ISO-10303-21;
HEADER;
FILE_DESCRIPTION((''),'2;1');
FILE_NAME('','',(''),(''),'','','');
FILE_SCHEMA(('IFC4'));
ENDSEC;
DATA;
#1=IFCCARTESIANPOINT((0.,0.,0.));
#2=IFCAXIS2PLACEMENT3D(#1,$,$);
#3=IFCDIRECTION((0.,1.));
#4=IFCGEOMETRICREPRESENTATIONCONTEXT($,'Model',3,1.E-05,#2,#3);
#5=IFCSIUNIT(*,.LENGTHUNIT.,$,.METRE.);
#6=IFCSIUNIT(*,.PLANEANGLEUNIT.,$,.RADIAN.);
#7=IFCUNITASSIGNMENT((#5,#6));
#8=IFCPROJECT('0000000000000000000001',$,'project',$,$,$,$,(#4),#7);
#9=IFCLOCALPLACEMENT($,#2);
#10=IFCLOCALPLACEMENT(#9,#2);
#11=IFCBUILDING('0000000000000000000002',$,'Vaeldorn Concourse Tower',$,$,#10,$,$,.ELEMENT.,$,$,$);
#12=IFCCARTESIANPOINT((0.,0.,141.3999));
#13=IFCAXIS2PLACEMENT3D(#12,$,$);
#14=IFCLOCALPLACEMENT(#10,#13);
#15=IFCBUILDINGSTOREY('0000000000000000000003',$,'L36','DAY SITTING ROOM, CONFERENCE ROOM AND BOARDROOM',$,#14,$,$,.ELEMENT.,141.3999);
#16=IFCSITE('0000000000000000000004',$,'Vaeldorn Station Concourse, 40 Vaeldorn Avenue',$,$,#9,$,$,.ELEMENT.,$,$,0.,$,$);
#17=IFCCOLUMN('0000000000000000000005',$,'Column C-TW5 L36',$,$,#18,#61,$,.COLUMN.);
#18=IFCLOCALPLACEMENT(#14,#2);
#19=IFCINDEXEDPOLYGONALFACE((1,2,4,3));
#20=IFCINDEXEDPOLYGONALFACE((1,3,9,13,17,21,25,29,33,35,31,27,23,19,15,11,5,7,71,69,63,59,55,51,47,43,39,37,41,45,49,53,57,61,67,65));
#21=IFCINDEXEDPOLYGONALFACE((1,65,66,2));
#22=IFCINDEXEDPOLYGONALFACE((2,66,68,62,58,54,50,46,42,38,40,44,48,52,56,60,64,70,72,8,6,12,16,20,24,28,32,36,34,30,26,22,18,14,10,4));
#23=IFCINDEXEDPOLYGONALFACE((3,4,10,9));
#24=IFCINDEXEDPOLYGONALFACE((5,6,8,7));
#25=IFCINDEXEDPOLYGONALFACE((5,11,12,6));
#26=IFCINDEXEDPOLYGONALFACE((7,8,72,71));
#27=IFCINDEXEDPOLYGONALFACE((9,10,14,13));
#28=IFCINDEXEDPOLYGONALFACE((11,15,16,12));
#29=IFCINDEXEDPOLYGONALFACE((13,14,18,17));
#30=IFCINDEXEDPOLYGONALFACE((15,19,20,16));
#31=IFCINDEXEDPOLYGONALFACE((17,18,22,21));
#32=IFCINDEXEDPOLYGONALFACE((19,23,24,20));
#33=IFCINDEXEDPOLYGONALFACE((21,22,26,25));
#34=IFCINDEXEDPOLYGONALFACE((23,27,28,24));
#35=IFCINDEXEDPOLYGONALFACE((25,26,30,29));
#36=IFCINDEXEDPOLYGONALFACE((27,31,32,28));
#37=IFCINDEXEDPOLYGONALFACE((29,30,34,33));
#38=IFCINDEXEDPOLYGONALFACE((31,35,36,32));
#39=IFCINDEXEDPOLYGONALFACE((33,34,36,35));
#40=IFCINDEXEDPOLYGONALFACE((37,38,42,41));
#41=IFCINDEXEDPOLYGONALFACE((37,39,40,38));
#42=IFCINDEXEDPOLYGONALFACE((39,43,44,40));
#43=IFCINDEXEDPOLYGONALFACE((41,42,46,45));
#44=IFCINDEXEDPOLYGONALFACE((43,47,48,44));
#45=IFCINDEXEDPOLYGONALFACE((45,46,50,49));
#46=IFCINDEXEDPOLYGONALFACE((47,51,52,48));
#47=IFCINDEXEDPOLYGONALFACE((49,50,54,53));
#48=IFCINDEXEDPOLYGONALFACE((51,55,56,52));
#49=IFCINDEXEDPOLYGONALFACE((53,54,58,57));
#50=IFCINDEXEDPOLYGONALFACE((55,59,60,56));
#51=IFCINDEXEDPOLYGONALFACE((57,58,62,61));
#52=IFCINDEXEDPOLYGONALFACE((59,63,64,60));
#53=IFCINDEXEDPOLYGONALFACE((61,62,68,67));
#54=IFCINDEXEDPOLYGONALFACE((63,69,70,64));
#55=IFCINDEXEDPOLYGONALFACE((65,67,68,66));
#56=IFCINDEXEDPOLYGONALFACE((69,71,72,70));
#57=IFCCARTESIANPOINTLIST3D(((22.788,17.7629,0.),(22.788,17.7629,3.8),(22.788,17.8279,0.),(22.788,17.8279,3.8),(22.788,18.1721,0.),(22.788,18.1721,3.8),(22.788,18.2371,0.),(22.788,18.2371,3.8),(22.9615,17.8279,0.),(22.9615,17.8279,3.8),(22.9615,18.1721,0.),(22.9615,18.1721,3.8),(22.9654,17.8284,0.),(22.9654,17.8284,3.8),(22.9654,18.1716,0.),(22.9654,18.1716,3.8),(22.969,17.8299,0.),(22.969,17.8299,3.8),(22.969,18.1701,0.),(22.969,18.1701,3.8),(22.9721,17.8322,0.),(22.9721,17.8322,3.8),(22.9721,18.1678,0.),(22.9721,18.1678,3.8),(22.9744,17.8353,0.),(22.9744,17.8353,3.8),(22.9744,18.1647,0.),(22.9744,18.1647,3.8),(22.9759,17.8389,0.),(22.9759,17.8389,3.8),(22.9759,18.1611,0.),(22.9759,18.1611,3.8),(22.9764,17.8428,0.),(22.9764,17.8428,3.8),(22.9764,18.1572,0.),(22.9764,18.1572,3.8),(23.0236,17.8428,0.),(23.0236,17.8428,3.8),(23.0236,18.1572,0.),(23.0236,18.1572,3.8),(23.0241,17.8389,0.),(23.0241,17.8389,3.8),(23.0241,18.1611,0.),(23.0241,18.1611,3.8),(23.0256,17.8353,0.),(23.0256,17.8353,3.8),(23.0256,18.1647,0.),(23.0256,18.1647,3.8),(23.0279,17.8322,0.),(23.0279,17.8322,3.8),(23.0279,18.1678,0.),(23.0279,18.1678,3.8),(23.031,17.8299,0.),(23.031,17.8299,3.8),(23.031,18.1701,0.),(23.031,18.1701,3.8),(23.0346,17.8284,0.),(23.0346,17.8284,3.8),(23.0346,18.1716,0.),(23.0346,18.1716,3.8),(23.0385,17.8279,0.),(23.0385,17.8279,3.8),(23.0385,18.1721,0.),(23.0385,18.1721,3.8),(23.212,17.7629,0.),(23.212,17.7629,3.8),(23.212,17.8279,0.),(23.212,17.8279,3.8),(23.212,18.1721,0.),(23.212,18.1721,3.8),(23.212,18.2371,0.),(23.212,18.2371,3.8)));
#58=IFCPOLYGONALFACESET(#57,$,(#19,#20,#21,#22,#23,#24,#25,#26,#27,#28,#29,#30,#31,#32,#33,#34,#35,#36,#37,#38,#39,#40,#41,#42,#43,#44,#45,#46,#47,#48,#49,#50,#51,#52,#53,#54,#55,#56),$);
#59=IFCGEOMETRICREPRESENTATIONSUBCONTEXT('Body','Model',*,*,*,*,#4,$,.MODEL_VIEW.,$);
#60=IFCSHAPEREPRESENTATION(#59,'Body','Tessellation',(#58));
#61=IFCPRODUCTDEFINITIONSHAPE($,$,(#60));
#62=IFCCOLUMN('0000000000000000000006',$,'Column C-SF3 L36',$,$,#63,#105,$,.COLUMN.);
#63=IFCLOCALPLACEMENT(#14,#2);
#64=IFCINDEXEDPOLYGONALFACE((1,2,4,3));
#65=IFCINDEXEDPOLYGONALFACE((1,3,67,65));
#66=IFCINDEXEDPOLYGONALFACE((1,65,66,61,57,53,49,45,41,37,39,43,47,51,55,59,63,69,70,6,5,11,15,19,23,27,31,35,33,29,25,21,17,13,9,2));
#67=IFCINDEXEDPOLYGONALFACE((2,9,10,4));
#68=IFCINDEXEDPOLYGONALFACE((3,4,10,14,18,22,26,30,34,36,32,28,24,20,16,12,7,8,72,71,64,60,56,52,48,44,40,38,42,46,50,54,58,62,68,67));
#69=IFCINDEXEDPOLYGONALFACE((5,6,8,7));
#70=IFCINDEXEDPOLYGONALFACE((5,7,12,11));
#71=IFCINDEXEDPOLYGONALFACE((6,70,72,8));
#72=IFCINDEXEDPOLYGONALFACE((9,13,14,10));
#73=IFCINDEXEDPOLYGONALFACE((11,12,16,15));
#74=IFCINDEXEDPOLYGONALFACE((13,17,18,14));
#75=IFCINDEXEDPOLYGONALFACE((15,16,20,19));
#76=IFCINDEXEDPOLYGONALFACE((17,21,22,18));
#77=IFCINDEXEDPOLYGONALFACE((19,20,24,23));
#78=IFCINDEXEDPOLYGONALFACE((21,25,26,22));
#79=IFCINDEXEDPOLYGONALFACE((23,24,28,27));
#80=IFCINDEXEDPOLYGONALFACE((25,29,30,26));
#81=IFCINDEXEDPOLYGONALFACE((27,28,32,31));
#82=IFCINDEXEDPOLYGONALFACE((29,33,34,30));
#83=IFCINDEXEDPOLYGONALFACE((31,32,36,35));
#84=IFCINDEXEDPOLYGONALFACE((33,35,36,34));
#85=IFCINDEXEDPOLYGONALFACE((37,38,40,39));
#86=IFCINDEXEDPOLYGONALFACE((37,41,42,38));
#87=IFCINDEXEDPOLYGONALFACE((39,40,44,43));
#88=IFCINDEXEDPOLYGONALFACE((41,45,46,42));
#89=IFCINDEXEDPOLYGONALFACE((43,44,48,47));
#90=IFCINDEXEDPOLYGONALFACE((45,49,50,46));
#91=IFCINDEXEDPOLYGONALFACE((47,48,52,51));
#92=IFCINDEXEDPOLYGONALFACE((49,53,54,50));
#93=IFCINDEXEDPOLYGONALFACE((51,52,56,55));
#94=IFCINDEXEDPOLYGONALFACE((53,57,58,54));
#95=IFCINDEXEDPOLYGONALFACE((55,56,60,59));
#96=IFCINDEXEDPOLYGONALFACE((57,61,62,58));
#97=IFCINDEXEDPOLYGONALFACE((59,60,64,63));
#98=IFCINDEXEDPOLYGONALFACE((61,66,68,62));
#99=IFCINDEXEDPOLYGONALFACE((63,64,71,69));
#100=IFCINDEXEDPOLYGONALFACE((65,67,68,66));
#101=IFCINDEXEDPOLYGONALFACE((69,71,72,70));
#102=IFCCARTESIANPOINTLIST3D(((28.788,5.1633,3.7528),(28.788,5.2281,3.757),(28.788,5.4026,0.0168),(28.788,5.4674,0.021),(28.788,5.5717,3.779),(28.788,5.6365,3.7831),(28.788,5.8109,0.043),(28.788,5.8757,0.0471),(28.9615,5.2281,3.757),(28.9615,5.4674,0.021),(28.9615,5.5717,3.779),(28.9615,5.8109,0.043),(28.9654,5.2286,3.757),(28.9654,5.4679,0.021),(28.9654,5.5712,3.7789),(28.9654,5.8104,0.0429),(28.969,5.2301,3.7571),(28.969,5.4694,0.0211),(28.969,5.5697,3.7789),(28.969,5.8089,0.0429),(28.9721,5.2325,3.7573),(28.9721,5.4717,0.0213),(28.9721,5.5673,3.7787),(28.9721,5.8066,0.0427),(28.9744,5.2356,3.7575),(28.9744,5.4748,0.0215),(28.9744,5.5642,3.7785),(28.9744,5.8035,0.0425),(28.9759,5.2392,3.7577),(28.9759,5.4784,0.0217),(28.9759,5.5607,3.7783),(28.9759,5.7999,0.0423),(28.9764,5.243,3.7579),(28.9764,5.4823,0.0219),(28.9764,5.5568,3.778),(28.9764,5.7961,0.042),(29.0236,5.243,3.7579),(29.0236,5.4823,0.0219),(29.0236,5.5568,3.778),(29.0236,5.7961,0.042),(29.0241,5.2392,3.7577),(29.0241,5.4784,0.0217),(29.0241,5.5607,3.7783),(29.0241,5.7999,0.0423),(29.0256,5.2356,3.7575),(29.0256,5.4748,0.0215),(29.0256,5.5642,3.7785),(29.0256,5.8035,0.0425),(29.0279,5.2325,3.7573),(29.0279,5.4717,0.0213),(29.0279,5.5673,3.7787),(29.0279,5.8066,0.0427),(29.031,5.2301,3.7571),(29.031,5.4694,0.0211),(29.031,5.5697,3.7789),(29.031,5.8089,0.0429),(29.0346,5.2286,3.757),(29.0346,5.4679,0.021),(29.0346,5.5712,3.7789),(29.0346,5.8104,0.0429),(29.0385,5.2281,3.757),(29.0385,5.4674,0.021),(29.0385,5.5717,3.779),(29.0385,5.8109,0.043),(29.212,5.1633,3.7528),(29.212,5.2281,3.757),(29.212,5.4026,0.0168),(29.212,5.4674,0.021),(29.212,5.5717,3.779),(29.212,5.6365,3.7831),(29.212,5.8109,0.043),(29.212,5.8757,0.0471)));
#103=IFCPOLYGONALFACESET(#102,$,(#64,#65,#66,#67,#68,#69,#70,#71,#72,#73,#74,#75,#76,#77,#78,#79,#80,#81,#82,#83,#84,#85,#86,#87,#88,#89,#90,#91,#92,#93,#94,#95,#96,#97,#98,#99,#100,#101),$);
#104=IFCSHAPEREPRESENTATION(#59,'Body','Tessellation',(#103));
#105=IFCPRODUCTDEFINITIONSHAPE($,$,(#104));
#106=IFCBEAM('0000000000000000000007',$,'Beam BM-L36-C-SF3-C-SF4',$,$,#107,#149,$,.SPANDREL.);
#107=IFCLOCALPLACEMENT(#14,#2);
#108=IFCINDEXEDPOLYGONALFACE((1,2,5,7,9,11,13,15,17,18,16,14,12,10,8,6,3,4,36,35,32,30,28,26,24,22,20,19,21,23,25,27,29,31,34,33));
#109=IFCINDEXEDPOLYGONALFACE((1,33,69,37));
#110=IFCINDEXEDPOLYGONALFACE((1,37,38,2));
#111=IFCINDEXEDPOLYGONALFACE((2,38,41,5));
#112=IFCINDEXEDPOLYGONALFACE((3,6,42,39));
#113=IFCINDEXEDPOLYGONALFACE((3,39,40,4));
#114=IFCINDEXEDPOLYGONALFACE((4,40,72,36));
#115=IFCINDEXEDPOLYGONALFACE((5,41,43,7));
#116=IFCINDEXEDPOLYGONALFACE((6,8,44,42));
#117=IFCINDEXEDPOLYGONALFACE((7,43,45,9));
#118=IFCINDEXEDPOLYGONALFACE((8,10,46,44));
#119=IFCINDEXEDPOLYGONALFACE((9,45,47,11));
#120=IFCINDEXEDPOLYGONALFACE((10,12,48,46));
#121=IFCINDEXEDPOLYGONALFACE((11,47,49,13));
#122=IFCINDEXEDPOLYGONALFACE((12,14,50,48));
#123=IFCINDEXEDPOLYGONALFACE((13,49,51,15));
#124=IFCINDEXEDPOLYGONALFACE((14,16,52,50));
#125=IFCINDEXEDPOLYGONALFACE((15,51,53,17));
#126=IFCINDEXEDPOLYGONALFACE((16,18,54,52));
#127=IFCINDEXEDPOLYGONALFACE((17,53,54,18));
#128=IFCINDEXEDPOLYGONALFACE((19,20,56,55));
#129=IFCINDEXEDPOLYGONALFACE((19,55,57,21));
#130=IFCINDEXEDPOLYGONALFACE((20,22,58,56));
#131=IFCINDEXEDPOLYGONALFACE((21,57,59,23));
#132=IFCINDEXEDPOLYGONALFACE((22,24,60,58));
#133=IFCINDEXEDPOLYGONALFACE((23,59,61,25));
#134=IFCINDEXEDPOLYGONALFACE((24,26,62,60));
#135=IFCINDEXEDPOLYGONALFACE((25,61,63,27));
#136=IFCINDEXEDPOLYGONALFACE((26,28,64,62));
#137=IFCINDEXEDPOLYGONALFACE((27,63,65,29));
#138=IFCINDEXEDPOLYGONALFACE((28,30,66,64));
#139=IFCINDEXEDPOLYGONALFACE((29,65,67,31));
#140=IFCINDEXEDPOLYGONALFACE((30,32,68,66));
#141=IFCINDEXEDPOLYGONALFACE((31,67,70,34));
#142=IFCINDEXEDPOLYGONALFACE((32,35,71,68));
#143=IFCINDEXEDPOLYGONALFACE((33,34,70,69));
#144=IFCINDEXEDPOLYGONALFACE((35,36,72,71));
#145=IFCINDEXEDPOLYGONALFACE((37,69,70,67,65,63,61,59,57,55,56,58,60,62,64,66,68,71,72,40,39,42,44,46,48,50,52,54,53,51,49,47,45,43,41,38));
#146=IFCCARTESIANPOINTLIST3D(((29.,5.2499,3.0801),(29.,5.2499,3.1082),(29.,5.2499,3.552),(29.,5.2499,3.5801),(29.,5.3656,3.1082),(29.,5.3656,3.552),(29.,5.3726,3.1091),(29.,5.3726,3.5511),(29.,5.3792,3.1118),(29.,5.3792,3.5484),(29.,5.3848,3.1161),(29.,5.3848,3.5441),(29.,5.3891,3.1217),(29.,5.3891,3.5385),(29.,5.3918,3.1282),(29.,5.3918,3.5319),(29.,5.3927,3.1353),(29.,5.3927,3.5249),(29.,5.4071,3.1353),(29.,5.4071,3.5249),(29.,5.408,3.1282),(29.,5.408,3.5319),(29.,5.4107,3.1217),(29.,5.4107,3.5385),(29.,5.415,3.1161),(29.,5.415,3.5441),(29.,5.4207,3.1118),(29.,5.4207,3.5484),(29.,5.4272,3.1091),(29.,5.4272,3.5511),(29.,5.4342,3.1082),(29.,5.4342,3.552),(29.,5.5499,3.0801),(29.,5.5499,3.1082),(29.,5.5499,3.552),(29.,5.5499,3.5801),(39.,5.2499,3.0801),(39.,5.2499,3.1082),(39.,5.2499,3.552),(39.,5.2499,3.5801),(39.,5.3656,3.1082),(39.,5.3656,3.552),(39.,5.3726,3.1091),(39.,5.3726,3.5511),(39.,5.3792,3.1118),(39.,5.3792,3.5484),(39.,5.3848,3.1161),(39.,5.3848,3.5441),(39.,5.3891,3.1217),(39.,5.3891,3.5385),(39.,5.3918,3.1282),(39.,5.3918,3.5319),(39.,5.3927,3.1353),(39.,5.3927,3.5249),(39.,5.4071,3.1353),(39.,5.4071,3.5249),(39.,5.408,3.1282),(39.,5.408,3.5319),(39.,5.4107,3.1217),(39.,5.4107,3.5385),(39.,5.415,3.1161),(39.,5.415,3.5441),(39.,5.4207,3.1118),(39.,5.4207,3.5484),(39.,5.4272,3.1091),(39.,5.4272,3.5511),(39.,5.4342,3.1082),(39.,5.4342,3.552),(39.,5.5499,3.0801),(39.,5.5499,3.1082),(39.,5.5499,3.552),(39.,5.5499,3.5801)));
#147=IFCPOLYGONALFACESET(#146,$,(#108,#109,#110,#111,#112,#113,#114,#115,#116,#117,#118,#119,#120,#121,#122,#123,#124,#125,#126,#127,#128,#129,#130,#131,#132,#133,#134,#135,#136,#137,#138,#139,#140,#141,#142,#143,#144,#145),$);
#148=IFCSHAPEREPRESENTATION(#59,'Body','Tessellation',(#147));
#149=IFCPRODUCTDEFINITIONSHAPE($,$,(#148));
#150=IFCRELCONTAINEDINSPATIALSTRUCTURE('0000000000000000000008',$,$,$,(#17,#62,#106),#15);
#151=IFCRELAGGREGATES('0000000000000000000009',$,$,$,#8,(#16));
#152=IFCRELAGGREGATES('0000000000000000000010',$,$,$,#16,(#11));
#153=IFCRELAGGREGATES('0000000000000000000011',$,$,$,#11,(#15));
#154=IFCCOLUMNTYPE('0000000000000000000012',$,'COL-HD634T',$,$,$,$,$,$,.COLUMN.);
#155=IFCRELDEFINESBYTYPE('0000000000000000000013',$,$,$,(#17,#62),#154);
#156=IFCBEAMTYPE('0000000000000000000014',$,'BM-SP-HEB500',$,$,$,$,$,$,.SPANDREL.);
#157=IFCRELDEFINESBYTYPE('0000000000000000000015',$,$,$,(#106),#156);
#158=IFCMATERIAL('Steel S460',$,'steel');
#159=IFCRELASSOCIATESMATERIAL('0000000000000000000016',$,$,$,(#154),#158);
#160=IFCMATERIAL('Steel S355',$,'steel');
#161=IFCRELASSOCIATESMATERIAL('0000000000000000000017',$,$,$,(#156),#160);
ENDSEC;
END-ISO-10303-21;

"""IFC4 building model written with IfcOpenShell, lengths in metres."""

from ifc_helpers import new_model, si_unit, direction, frame, origin, origin_2d, place, context, subcontext, project, spatial, i_section, extrude, source, transform, mapped, material, material_profile, profile_set, type_object, element, save


model = new_model("IFC4")

# Units and contexts
model_context = context("Model", 3, precision=1e-05, world=origin(), true_north=direction((0.0, 1.0)))
body_context = subcontext(model_context, "Body", "Model", "MODEL_VIEW")
ifc_project = project(units=[si_unit("LENGTHUNIT", "METRE"), si_unit("PLANEANGLEUNIT", "RADIAN")], contexts=[model_context])

# Site, building, storey
site_placement = place(None, origin())
site = spatial("IfcSite", under=ifc_project, at=site_placement, Name="Vaeldorn Station Concourse, 40 Vaeldorn Avenue", CompositionType="ELEMENT", RefElevation=0.0)
building_placement = place(site_placement, origin())
building = spatial("IfcBuilding", under=site, at=building_placement, Name="Vaeldorn Concourse Tower", CompositionType="ELEMENT")
storey_placement = place(building_placement, frame((0.0, 0.0, 141.3999)))
storey = spatial("IfcBuildingStorey", under=building, at=storey_placement, Name="L36", Description="DAY SITTING ROOM, CONFERENCE ROOM AND BOARDROOM", CompositionType="ELEMENT", Elevation=141.3999)

# Columns
ifc_material_1 = material(Name="Steel S460", Category="steel")
ifc_material_profile_1 = material_profile(ifc_material_1, i_section(OverallWidth=0.4241, OverallDepth=0.4741, WebThickness=0.0471, FlangeThickness=0.0649, FilletRadius=0.0149, at=origin_2d()), Name="HD 400x634")
ifc_profile_set_1 = profile_set([ifc_material_profile_1], Name="Steel S460")
column_type = type_object("IfcColumnType", Name="COL-HD634T", PredefinedType="COLUMN", material=ifc_profile_set_1)
shared_shape_1 = source(origin(), body_context, "Body", "SweptSolid", [
    extrude(i_section(OverallWidth=0.4241, OverallDepth=0.4741, WebThickness=0.0471, FlangeThickness=0.0649, FilletRadius=0.0149, at=origin_2d()), origin(), (0.0, 0.0, 1.0), 3.8),
])
column_1_placement = place(storey_placement, frame((23.0, 18.0, 0.0), z_axis=(0.0, 0.0, 1.0), x_axis=(1.0, 0.0, 0.0)))
element("IfcColumn", 1, at=column_1_placement, inside=storey, type_object=column_type, Name="Column C-TW5 L36", PredefinedType="COLUMN", context=body_context, shape_type="MappedRepresentation", body=[
    mapped(shared_shape_1, transform((0.0, 0.0, 0.0), scale=1.0)),
])
shared_shape_2 = source(origin(), body_context, "Body", "SweptSolid", [
    extrude(i_section(OverallWidth=0.4241, OverallDepth=0.4741, WebThickness=0.0471, FlangeThickness=0.0649, FilletRadius=0.0149, at=origin_2d()), origin(), (0.0, 0.0, 1.0), 3.7437),
])
column_2_placement = place(storey_placement, frame((29.0, 5.6392, 0.032), z_axis=(0.0, -0.063909, 0.997956), x_axis=(1.0, 0.0, 0.0)))
element("IfcColumn", 2, at=column_2_placement, inside=storey, type_object=column_type, Name="Column C-SF3 L36", PredefinedType="COLUMN", context=body_context, shape_type="MappedRepresentation", body=[
    mapped(shared_shape_2, transform((0.0, 0.0, 0.0), scale=1.0)),
])

# Beam
ifc_material_2 = material(Name="Steel S355", Category="steel")
ifc_material_profile_2 = material_profile(ifc_material_2, i_section(OverallWidth=0.3, OverallDepth=0.5, WebThickness=0.0144, FlangeThickness=0.0281, FilletRadius=0.0271, at=origin_2d()), Name="HEB 500")
ifc_profile_set_2 = profile_set([ifc_material_profile_2], Name="Steel S355")
beam_type_1 = type_object("IfcBeamType", Name="BM-SP-HEB500", PredefinedType="SPANDREL", material=ifc_profile_set_2)
shared_shape_3 = source(origin(), body_context, "Body", "SweptSolid", [
    extrude(i_section(OverallWidth=0.3, OverallDepth=0.5, WebThickness=0.0144, FlangeThickness=0.0281, FilletRadius=0.0271, at=origin_2d()), origin(), (0.0, 0.0, 1.0), 10.0),
])
beam_1_placement = place(storey_placement, frame((29.0, 5.3999, 3.3301), z_axis=(1.0, 0.0, 0.0), x_axis=(0.0, 1.0, 0.0)))
element("IfcBeam", 3, at=beam_1_placement, inside=storey, type_object=beam_type_1, Name="Beam BM-L36-C-SF3-C-SF4", PredefinedType="SPANDREL", context=body_context, shape_type="MappedRepresentation", body=[
    mapped(shared_shape_3, transform((0.0, 0.0, 0.0), scale=1.0)),
])

save(model, "model.ifc")
